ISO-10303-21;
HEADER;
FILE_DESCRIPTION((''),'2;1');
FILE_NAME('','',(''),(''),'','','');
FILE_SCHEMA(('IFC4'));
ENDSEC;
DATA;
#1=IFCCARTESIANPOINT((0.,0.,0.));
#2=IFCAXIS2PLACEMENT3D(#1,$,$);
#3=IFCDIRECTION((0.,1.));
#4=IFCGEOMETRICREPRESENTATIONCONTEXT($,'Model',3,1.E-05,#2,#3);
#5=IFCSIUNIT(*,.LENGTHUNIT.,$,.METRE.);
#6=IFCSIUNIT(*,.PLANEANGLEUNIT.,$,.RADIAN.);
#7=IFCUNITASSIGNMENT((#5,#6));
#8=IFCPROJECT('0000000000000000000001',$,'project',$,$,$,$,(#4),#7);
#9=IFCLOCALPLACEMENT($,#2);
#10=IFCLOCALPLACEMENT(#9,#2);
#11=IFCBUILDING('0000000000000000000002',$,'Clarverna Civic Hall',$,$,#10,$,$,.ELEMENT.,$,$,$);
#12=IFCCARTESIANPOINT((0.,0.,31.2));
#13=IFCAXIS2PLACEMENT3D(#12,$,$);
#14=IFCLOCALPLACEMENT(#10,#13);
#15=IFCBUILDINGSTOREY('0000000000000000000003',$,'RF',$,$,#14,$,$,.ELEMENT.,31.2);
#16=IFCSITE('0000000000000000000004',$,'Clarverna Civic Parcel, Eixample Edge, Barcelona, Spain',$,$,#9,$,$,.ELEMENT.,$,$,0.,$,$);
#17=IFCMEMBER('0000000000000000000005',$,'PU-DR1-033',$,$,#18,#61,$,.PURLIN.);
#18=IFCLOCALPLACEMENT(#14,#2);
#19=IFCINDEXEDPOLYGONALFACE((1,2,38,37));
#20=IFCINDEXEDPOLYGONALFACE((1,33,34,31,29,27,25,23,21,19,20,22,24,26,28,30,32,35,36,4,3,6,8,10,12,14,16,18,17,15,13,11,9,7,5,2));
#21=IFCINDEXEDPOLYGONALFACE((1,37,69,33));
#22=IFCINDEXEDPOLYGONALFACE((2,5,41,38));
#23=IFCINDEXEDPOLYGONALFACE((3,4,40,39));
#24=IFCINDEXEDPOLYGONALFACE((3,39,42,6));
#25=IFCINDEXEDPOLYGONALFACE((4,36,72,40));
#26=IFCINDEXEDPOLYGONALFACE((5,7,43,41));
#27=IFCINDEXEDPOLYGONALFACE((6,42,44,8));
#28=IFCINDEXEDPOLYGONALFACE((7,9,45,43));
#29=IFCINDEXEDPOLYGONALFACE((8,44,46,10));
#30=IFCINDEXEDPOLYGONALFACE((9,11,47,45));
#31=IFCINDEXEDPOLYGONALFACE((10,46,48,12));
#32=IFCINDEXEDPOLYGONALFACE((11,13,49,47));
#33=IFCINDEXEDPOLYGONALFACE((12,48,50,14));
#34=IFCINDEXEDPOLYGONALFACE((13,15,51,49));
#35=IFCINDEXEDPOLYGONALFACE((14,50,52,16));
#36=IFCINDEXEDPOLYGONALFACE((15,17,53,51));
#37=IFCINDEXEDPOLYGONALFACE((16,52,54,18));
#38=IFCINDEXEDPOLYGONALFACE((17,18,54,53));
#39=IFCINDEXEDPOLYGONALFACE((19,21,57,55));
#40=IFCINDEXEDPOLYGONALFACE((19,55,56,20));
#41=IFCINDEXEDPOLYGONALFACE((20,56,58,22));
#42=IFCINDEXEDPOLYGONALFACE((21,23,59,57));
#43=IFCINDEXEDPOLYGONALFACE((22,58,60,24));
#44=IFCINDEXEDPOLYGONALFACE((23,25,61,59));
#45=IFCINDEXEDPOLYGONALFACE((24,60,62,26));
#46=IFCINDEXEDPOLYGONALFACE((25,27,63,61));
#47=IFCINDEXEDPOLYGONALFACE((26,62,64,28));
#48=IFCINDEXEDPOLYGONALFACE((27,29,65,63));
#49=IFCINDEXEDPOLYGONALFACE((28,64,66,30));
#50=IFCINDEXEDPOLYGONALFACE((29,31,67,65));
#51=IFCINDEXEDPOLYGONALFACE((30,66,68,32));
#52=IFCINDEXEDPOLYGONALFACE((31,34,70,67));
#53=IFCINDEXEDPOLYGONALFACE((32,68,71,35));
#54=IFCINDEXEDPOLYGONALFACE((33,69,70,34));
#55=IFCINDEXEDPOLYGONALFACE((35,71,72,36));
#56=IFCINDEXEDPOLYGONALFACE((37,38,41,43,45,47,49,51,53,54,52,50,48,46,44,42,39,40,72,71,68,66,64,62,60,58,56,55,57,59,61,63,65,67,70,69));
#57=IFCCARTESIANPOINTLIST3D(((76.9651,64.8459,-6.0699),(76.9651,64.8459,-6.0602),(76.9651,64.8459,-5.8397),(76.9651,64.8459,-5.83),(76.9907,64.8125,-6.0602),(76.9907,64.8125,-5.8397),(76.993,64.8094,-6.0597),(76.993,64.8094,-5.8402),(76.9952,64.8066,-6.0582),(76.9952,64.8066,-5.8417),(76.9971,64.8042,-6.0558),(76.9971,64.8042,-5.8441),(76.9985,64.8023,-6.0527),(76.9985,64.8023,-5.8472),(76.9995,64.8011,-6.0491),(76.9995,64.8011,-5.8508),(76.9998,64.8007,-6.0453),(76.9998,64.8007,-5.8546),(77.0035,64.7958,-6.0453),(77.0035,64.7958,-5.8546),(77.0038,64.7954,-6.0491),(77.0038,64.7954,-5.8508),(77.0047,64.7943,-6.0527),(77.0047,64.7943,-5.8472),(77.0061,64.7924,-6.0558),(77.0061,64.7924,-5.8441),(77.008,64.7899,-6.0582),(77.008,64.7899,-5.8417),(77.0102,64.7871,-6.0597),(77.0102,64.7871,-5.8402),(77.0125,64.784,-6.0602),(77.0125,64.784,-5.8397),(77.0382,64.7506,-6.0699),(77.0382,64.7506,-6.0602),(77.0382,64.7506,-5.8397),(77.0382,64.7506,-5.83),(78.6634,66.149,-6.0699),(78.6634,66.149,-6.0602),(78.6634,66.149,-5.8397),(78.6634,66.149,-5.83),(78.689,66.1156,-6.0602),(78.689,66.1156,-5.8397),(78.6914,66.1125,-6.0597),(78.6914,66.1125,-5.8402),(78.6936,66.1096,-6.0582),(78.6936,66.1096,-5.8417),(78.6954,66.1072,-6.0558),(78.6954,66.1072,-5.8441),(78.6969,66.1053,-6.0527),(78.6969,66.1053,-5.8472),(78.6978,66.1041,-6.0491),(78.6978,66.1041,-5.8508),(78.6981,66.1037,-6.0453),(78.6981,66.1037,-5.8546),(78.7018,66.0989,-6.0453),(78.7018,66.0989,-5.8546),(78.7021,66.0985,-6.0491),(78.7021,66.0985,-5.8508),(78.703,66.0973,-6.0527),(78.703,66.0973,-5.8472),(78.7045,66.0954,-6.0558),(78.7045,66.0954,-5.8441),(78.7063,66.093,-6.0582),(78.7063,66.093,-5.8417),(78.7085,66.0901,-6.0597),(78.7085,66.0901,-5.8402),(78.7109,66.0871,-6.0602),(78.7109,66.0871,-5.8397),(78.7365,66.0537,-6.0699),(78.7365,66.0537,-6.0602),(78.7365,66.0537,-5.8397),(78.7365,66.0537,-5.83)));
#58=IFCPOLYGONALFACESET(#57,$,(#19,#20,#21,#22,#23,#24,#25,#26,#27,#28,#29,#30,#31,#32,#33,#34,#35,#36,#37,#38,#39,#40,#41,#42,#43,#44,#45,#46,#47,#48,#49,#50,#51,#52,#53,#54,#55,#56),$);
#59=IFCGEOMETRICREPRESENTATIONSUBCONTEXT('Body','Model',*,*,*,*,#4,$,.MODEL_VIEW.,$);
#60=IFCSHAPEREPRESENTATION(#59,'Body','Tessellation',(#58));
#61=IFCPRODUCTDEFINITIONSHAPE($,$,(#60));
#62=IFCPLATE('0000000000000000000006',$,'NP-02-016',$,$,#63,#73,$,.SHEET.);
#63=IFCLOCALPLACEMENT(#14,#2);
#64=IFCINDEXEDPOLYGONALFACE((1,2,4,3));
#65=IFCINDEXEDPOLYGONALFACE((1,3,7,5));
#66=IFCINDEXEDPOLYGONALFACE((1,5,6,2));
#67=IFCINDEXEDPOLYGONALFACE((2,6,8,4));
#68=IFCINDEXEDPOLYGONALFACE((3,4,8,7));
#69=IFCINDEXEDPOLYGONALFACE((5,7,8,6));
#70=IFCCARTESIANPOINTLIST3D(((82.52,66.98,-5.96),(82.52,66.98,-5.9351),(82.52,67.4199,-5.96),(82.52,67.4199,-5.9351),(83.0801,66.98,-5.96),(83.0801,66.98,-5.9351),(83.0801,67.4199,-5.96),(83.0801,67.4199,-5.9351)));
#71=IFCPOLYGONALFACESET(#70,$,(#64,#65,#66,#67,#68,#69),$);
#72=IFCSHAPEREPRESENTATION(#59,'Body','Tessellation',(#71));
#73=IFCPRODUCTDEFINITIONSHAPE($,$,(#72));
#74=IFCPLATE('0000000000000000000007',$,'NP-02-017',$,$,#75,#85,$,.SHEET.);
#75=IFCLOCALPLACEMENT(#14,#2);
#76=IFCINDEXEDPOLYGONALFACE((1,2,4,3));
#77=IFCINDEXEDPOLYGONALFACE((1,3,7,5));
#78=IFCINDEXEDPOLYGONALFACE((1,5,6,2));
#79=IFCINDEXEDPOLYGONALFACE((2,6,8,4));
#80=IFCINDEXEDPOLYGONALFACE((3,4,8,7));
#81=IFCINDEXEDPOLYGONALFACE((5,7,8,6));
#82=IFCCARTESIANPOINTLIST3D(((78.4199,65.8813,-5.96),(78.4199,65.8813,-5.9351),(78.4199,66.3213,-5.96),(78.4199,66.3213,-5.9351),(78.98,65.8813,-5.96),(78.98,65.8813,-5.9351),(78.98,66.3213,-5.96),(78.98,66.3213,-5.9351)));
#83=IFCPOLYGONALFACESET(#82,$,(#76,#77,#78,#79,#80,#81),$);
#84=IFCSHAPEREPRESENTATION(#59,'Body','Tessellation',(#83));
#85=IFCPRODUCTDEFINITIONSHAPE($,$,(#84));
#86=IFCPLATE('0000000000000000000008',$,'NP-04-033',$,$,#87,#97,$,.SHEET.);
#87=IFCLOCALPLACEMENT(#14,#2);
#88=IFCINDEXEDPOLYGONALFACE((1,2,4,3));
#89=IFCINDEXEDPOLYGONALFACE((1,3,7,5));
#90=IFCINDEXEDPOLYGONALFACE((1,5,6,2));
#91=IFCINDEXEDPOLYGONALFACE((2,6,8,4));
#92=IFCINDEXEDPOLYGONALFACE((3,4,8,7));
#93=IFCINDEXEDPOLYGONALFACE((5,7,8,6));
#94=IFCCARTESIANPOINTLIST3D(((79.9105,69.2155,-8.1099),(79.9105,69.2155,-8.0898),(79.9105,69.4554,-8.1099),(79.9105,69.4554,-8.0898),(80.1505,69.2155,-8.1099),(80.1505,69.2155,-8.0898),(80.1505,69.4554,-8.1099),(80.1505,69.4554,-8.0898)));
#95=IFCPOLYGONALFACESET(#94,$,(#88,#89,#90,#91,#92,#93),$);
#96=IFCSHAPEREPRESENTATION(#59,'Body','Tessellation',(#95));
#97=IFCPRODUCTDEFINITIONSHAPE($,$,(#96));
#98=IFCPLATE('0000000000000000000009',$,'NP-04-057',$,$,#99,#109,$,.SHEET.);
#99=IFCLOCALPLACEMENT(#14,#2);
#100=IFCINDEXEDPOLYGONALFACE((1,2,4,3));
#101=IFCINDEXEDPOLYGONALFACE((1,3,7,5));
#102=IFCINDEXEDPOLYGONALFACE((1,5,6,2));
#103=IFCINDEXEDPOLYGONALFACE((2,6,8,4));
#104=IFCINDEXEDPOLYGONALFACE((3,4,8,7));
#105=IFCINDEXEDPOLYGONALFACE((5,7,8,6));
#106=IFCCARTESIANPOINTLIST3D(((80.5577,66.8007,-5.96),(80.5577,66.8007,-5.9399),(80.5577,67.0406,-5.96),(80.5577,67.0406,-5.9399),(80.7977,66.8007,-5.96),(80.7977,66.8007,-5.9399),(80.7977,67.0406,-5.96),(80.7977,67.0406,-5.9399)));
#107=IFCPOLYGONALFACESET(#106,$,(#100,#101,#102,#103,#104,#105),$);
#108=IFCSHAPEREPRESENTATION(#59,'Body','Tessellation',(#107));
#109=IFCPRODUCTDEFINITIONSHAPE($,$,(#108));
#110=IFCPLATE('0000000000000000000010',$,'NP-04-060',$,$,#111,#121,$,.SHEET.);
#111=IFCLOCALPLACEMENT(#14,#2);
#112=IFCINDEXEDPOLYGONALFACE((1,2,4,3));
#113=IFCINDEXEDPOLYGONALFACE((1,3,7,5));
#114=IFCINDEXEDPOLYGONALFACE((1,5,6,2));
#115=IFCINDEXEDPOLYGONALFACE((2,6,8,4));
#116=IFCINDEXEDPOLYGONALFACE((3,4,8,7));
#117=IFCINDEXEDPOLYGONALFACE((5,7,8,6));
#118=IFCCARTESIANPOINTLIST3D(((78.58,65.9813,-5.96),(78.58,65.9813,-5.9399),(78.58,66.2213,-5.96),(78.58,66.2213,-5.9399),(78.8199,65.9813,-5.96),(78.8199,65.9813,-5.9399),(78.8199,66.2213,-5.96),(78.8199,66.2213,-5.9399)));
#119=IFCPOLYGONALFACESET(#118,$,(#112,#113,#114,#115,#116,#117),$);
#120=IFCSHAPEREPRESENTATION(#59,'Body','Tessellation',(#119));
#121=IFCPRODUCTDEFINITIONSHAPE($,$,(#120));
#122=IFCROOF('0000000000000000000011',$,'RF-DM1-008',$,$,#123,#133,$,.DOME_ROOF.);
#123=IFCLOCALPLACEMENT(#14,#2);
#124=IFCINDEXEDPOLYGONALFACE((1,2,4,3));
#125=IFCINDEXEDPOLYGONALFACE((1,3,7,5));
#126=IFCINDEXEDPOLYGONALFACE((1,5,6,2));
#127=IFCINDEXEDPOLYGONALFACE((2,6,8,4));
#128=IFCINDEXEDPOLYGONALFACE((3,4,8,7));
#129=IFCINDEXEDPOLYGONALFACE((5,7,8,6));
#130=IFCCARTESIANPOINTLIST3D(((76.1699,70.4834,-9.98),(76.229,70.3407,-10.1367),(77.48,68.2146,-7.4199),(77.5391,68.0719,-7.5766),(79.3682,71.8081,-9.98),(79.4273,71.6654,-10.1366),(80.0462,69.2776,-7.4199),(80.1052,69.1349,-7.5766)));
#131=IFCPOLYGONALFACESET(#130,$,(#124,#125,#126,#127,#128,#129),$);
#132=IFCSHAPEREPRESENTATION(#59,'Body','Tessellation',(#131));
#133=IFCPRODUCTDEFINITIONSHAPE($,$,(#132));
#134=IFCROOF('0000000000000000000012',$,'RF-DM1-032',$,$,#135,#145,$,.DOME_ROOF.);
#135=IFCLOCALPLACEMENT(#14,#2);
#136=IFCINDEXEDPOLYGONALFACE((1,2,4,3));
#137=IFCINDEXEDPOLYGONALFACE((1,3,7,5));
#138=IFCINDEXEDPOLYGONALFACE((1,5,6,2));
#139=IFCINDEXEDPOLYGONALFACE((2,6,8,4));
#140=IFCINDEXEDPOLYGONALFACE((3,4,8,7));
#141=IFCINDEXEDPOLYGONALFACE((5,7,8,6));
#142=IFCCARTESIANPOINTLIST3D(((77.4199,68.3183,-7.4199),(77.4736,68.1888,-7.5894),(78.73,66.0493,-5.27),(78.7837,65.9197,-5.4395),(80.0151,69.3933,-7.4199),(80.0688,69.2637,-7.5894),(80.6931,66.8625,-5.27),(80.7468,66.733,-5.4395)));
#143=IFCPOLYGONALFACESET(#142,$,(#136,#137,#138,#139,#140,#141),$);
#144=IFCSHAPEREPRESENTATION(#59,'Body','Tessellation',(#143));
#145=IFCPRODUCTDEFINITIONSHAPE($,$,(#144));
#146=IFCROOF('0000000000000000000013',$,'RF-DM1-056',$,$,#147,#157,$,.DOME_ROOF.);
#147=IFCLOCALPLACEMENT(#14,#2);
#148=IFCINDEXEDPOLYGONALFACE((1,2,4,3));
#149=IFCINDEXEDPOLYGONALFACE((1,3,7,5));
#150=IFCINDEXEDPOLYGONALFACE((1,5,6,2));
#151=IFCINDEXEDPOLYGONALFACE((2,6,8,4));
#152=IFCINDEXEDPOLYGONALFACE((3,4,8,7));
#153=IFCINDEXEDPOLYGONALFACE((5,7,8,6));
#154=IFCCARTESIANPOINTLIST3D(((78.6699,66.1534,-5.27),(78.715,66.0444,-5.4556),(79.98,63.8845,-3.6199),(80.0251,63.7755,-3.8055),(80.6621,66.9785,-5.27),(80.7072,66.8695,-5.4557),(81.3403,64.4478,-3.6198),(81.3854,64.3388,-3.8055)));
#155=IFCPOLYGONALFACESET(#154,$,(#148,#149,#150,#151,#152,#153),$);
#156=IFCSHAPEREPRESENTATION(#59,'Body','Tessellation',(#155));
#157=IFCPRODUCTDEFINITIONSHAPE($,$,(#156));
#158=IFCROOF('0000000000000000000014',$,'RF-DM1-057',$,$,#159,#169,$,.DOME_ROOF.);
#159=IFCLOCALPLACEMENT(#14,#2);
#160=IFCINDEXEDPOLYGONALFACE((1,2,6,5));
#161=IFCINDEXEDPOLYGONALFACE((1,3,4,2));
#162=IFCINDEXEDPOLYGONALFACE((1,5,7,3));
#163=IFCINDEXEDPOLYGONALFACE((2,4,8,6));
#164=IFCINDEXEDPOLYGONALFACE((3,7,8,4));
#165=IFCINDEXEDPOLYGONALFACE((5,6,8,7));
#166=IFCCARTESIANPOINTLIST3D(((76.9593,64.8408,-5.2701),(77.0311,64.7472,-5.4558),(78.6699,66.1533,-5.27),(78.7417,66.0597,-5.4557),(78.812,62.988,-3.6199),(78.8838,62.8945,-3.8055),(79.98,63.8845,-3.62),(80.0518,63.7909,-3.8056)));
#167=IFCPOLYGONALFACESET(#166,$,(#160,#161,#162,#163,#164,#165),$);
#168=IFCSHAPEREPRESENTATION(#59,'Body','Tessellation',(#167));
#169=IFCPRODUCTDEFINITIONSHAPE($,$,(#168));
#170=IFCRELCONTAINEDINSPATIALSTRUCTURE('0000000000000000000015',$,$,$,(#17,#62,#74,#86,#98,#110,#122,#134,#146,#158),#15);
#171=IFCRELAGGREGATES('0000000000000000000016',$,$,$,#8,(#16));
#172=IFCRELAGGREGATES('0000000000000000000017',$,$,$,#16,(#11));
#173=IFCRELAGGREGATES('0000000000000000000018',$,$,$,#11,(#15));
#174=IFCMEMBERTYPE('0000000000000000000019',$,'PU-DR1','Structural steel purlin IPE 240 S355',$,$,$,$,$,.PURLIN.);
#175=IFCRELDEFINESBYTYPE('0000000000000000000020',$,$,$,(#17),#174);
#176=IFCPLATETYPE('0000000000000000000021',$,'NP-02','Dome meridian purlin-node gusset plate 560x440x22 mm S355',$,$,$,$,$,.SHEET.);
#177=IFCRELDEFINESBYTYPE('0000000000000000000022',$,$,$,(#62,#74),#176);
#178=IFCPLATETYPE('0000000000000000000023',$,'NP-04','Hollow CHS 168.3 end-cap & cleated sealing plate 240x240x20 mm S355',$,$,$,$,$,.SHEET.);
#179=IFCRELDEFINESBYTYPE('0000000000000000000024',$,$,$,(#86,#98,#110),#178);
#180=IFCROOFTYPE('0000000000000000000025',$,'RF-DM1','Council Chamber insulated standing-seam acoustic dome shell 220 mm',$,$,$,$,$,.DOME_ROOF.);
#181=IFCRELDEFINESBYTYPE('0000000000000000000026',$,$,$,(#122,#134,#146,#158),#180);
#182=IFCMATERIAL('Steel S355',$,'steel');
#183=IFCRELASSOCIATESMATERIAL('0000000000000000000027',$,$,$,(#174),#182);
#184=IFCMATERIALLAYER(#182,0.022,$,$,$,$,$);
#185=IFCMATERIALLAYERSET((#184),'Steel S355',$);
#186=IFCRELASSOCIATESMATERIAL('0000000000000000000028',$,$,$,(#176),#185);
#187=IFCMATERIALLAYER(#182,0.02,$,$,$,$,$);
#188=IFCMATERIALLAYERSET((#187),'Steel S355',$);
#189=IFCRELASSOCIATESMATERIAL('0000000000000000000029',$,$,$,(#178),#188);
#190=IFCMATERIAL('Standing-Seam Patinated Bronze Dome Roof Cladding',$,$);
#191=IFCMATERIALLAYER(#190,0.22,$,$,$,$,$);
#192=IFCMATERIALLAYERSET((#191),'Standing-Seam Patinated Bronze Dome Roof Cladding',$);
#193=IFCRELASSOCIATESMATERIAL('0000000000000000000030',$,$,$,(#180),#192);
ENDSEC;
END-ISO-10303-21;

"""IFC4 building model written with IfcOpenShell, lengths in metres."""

from ifc_helpers import new_model, si_unit, direction, frame, origin, origin_2d, place, context, subcontext, project, spatial, polyline, rectangle, i_section, outline, extrude, material, layer, layer_set, material_profile, profile_set, type_object, element, save


model = new_model("IFC4")

# Units and contexts
model_context = context("Model", 3, precision=1e-05, world=origin(), true_north=direction((0.0, 1.0)))
body_context = subcontext(model_context, "Body", "Model", "MODEL_VIEW")
ifc_project = project(units=[si_unit("LENGTHUNIT", "METRE"), si_unit("PLANEANGLEUNIT", "RADIAN")], contexts=[model_context])

# Site, building, storey
site_placement = place(None, origin())
site = spatial("IfcSite", under=ifc_project, at=site_placement, Name="Clarverna Civic Parcel, Eixample Edge, Barcelona, Spain", CompositionType="ELEMENT", RefElevation=0.0)
building_placement = place(site_placement, origin())
building = spatial("IfcBuilding", under=site, at=building_placement, Name="Clarverna Civic Hall", CompositionType="ELEMENT")
storey_placement = place(building_placement, frame((0.0, 0.0, 31.2)))
storey = spatial("IfcBuildingStorey", under=building, at=storey_placement, Name="RF", CompositionType="ELEMENT", Elevation=31.2)

# Member
ifc_material_1 = material(Name="Steel S355", Category="steel")
ifc_material_profile_1 = material_profile(ifc_material_1, i_section(OverallWidth=0.1201, OverallDepth=0.24, WebThickness=0.0061, FlangeThickness=0.0098, FilletRadius=0.0149, at=origin_2d()), Name="IPE 240")
ifc_profile_set_1 = profile_set([ifc_material_profile_1], Name="Steel S355")
member_type_1 = type_object("IfcMemberType", Name="PU-DR1", Description="Structural steel purlin IPE 240 S355", PredefinedType="PURLIN", material=ifc_profile_set_1)
member_1_placement = place(storey_placement, frame((78.7, 66.1013, -5.95), z_axis=(-0.793382, -0.608724, 0.0), x_axis=(0.608724, -0.793382, 0.0)))
element("IfcMember", 1, at=member_1_placement, inside=storey, type_object=member_type_1, Name="PU-DR1-033", PredefinedType="PURLIN", context=body_context, shape_type="SweptSolid", body=[
    extrude(i_section(OverallWidth=0.1201, OverallDepth=0.24, WebThickness=0.0061, FlangeThickness=0.0098, FilletRadius=0.0149, at=origin_2d()), origin(), (0.0, 0.0, 1.0), 2.1406),
])

# Plates
ifc_layer_1 = layer(ifc_material_1, 0.022)
ifc_layer_set_1 = layer_set([ifc_layer_1], Name="Steel S355")
plate_type_1 = type_object("IfcPlateType", Name="NP-02", Description="Dome meridian purlin-node gusset plate 560x440x22 mm S355", PredefinedType="SHEET", material=ifc_layer_set_1)
for number, where, z_axis, x_axis, name in (
    (2, (82.8, 67.2, -5.96), (0.0, 0.0, 1.0), (1.0, 0.0, 0.0), "NP-02-016"),
    (3, (78.7, 66.1013, -5.96), (0.0, 0.0, 1.0), (1.0, 0.0, 0.0), "NP-02-017"),
):
    element("IfcPlate", number, at=place(storey_placement, frame(where, z_axis=z_axis, x_axis=x_axis)), inside=storey, type_object=plate_type_1, Name=name, PredefinedType="SHEET", context=body_context, shape_type="SweptSolid", body=[
        extrude(rectangle(XDim=0.5601, YDim=0.4399, at=origin_2d()), origin(), (0.0, 0.0, 1.0), 0.0249),
    ])
ifc_layer_2 = layer(ifc_material_1, 0.02)
ifc_layer_set_2 = layer_set([ifc_layer_2], Name="Steel S355")
plate_type_2 = type_object("IfcPlateType", Name="NP-04", Description="Hollow CHS 168.3 end-cap & cleated sealing plate 240x240x20 mm S355", PredefinedType="SHEET", material=ifc_layer_set_2)
for number, where, z_axis, x_axis, name in (
    (4, (80.0305, 69.3354, -8.1099), (0.0, 0.0, 1.0), (1.0, 0.0, 0.0), "NP-04-033"),
    (5, (80.6777, 66.9207, -5.96), (0.0, 0.0, 1.0), (1.0, 0.0, 0.0), "NP-04-057"),
    (6, (78.7, 66.1013, -5.96), (0.0, 0.0, 1.0), (1.0, 0.0, 0.0), "NP-04-060"),
):
    element("IfcPlate", number, at=place(storey_placement, frame(where, z_axis=z_axis, x_axis=x_axis)), inside=storey, type_object=plate_type_2, Name=name, PredefinedType="SHEET", context=body_context, shape_type="SweptSolid", body=[
        extrude(rectangle(XDim=0.24, YDim=0.24, at=origin_2d()), origin(), (0.0, 0.0, 1.0), 0.02),
    ])

# Roofs
ifc_material_2 = material(Name="Standing-Seam Patinated Bronze Dome Roof Cladding")
ifc_layer_3 = layer(ifc_material_2, 0.22)
ifc_layer_set_3 = layer_set([ifc_layer_3], Name="Standing-Seam Patinated Bronze Dome Roof Cladding")
roof_type = type_object("IfcRoofType", Name="RF-DM1", Description="Council Chamber insulated standing-seam acoustic dome shell 220 mm", PredefinedType="DOME_ROOF", material=ifc_layer_set_3)
roof_1_placement = place(storey_placement, frame((79.3682, 71.8081, -9.98), z_axis=(-0.268632, 0.648536, 0.712206), x_axis=(-0.923882, -0.382677, -0.000007)))
element("IfcRoof", 7, at=roof_1_placement, inside=storey, type_object=roof_type, Name="RF-DM1-008", PredefinedType="DOME_ROOF", context=body_context, shape_type="SweptSolid", body=[
    extrude(outline(polyline([(0.0, 0.0), (3.4617, 0.0), (3.1196, 3.647), (0.342, 3.6469), (0.0, 0.0)])), origin(), (0.0, 0.0, -1.0), 0.22),
])
roof_2_placement = place(storey_placement, frame((80.0151, 69.3933, -7.4199), z_axis=(-0.244003, 0.589058, 0.770372), x_axis=(-0.92388, -0.382683, -0.000008)))
element("IfcRoof", 8, at=roof_2_placement, inside=storey, type_object=roof_type, Name="RF-DM1-032", PredefinedType="DOME_ROOF", context=body_context, shape_type="SweptSolid", body=[
    extrude(outline(polyline([(0.0, 0.0), (2.809, 0.0), (2.467, 3.3719), (0.3421, 3.3719), (0.0, 0.0)])), origin(), (0.0, 0.0, -1.0), 0.22),
])
roof_3_placement = place(storey_placement, frame((80.6621, 66.9785, -5.27), z_axis=(-0.205172, 0.495414, 0.844079), x_axis=(-0.923886, -0.382668, 0.000028)))
element("IfcRoof", 9, at=roof_3_placement, inside=storey, type_object=roof_type, Name="RF-DM1-056", PredefinedType="DOME_ROOF", context=body_context, shape_type="SweptSolid", body=[
    extrude(outline(polyline([(0.0, 0.0), (2.1563, 0.0), (1.8142, 3.0773), (0.3419, 3.0775), (0.0, 0.0)])), origin(), (0.0, 0.0, -1.0), 0.22),
])
roof_4_placement = place(storey_placement, frame((78.6699, 66.1533, -5.27), z_axis=(-0.326431, 0.425392, 0.844088), x_axis=(-0.793375, -0.608733, -0.000038)))
element("IfcRoof", 10, at=roof_4_placement, inside=storey, type_object=roof_type, Name="RF-DM1-057", PredefinedType="DOME_ROOF", context=body_context, shape_type="SweptSolid", body=[
    extrude(outline(polyline([(0.0, 0.0), (2.1562, 0.0), (1.814, 3.0776), (0.3417, 3.0773), (0.0, 0.0)])), origin(), (0.0, 0.0, -1.0), 0.22),
])

save(model, "model.ifc")
